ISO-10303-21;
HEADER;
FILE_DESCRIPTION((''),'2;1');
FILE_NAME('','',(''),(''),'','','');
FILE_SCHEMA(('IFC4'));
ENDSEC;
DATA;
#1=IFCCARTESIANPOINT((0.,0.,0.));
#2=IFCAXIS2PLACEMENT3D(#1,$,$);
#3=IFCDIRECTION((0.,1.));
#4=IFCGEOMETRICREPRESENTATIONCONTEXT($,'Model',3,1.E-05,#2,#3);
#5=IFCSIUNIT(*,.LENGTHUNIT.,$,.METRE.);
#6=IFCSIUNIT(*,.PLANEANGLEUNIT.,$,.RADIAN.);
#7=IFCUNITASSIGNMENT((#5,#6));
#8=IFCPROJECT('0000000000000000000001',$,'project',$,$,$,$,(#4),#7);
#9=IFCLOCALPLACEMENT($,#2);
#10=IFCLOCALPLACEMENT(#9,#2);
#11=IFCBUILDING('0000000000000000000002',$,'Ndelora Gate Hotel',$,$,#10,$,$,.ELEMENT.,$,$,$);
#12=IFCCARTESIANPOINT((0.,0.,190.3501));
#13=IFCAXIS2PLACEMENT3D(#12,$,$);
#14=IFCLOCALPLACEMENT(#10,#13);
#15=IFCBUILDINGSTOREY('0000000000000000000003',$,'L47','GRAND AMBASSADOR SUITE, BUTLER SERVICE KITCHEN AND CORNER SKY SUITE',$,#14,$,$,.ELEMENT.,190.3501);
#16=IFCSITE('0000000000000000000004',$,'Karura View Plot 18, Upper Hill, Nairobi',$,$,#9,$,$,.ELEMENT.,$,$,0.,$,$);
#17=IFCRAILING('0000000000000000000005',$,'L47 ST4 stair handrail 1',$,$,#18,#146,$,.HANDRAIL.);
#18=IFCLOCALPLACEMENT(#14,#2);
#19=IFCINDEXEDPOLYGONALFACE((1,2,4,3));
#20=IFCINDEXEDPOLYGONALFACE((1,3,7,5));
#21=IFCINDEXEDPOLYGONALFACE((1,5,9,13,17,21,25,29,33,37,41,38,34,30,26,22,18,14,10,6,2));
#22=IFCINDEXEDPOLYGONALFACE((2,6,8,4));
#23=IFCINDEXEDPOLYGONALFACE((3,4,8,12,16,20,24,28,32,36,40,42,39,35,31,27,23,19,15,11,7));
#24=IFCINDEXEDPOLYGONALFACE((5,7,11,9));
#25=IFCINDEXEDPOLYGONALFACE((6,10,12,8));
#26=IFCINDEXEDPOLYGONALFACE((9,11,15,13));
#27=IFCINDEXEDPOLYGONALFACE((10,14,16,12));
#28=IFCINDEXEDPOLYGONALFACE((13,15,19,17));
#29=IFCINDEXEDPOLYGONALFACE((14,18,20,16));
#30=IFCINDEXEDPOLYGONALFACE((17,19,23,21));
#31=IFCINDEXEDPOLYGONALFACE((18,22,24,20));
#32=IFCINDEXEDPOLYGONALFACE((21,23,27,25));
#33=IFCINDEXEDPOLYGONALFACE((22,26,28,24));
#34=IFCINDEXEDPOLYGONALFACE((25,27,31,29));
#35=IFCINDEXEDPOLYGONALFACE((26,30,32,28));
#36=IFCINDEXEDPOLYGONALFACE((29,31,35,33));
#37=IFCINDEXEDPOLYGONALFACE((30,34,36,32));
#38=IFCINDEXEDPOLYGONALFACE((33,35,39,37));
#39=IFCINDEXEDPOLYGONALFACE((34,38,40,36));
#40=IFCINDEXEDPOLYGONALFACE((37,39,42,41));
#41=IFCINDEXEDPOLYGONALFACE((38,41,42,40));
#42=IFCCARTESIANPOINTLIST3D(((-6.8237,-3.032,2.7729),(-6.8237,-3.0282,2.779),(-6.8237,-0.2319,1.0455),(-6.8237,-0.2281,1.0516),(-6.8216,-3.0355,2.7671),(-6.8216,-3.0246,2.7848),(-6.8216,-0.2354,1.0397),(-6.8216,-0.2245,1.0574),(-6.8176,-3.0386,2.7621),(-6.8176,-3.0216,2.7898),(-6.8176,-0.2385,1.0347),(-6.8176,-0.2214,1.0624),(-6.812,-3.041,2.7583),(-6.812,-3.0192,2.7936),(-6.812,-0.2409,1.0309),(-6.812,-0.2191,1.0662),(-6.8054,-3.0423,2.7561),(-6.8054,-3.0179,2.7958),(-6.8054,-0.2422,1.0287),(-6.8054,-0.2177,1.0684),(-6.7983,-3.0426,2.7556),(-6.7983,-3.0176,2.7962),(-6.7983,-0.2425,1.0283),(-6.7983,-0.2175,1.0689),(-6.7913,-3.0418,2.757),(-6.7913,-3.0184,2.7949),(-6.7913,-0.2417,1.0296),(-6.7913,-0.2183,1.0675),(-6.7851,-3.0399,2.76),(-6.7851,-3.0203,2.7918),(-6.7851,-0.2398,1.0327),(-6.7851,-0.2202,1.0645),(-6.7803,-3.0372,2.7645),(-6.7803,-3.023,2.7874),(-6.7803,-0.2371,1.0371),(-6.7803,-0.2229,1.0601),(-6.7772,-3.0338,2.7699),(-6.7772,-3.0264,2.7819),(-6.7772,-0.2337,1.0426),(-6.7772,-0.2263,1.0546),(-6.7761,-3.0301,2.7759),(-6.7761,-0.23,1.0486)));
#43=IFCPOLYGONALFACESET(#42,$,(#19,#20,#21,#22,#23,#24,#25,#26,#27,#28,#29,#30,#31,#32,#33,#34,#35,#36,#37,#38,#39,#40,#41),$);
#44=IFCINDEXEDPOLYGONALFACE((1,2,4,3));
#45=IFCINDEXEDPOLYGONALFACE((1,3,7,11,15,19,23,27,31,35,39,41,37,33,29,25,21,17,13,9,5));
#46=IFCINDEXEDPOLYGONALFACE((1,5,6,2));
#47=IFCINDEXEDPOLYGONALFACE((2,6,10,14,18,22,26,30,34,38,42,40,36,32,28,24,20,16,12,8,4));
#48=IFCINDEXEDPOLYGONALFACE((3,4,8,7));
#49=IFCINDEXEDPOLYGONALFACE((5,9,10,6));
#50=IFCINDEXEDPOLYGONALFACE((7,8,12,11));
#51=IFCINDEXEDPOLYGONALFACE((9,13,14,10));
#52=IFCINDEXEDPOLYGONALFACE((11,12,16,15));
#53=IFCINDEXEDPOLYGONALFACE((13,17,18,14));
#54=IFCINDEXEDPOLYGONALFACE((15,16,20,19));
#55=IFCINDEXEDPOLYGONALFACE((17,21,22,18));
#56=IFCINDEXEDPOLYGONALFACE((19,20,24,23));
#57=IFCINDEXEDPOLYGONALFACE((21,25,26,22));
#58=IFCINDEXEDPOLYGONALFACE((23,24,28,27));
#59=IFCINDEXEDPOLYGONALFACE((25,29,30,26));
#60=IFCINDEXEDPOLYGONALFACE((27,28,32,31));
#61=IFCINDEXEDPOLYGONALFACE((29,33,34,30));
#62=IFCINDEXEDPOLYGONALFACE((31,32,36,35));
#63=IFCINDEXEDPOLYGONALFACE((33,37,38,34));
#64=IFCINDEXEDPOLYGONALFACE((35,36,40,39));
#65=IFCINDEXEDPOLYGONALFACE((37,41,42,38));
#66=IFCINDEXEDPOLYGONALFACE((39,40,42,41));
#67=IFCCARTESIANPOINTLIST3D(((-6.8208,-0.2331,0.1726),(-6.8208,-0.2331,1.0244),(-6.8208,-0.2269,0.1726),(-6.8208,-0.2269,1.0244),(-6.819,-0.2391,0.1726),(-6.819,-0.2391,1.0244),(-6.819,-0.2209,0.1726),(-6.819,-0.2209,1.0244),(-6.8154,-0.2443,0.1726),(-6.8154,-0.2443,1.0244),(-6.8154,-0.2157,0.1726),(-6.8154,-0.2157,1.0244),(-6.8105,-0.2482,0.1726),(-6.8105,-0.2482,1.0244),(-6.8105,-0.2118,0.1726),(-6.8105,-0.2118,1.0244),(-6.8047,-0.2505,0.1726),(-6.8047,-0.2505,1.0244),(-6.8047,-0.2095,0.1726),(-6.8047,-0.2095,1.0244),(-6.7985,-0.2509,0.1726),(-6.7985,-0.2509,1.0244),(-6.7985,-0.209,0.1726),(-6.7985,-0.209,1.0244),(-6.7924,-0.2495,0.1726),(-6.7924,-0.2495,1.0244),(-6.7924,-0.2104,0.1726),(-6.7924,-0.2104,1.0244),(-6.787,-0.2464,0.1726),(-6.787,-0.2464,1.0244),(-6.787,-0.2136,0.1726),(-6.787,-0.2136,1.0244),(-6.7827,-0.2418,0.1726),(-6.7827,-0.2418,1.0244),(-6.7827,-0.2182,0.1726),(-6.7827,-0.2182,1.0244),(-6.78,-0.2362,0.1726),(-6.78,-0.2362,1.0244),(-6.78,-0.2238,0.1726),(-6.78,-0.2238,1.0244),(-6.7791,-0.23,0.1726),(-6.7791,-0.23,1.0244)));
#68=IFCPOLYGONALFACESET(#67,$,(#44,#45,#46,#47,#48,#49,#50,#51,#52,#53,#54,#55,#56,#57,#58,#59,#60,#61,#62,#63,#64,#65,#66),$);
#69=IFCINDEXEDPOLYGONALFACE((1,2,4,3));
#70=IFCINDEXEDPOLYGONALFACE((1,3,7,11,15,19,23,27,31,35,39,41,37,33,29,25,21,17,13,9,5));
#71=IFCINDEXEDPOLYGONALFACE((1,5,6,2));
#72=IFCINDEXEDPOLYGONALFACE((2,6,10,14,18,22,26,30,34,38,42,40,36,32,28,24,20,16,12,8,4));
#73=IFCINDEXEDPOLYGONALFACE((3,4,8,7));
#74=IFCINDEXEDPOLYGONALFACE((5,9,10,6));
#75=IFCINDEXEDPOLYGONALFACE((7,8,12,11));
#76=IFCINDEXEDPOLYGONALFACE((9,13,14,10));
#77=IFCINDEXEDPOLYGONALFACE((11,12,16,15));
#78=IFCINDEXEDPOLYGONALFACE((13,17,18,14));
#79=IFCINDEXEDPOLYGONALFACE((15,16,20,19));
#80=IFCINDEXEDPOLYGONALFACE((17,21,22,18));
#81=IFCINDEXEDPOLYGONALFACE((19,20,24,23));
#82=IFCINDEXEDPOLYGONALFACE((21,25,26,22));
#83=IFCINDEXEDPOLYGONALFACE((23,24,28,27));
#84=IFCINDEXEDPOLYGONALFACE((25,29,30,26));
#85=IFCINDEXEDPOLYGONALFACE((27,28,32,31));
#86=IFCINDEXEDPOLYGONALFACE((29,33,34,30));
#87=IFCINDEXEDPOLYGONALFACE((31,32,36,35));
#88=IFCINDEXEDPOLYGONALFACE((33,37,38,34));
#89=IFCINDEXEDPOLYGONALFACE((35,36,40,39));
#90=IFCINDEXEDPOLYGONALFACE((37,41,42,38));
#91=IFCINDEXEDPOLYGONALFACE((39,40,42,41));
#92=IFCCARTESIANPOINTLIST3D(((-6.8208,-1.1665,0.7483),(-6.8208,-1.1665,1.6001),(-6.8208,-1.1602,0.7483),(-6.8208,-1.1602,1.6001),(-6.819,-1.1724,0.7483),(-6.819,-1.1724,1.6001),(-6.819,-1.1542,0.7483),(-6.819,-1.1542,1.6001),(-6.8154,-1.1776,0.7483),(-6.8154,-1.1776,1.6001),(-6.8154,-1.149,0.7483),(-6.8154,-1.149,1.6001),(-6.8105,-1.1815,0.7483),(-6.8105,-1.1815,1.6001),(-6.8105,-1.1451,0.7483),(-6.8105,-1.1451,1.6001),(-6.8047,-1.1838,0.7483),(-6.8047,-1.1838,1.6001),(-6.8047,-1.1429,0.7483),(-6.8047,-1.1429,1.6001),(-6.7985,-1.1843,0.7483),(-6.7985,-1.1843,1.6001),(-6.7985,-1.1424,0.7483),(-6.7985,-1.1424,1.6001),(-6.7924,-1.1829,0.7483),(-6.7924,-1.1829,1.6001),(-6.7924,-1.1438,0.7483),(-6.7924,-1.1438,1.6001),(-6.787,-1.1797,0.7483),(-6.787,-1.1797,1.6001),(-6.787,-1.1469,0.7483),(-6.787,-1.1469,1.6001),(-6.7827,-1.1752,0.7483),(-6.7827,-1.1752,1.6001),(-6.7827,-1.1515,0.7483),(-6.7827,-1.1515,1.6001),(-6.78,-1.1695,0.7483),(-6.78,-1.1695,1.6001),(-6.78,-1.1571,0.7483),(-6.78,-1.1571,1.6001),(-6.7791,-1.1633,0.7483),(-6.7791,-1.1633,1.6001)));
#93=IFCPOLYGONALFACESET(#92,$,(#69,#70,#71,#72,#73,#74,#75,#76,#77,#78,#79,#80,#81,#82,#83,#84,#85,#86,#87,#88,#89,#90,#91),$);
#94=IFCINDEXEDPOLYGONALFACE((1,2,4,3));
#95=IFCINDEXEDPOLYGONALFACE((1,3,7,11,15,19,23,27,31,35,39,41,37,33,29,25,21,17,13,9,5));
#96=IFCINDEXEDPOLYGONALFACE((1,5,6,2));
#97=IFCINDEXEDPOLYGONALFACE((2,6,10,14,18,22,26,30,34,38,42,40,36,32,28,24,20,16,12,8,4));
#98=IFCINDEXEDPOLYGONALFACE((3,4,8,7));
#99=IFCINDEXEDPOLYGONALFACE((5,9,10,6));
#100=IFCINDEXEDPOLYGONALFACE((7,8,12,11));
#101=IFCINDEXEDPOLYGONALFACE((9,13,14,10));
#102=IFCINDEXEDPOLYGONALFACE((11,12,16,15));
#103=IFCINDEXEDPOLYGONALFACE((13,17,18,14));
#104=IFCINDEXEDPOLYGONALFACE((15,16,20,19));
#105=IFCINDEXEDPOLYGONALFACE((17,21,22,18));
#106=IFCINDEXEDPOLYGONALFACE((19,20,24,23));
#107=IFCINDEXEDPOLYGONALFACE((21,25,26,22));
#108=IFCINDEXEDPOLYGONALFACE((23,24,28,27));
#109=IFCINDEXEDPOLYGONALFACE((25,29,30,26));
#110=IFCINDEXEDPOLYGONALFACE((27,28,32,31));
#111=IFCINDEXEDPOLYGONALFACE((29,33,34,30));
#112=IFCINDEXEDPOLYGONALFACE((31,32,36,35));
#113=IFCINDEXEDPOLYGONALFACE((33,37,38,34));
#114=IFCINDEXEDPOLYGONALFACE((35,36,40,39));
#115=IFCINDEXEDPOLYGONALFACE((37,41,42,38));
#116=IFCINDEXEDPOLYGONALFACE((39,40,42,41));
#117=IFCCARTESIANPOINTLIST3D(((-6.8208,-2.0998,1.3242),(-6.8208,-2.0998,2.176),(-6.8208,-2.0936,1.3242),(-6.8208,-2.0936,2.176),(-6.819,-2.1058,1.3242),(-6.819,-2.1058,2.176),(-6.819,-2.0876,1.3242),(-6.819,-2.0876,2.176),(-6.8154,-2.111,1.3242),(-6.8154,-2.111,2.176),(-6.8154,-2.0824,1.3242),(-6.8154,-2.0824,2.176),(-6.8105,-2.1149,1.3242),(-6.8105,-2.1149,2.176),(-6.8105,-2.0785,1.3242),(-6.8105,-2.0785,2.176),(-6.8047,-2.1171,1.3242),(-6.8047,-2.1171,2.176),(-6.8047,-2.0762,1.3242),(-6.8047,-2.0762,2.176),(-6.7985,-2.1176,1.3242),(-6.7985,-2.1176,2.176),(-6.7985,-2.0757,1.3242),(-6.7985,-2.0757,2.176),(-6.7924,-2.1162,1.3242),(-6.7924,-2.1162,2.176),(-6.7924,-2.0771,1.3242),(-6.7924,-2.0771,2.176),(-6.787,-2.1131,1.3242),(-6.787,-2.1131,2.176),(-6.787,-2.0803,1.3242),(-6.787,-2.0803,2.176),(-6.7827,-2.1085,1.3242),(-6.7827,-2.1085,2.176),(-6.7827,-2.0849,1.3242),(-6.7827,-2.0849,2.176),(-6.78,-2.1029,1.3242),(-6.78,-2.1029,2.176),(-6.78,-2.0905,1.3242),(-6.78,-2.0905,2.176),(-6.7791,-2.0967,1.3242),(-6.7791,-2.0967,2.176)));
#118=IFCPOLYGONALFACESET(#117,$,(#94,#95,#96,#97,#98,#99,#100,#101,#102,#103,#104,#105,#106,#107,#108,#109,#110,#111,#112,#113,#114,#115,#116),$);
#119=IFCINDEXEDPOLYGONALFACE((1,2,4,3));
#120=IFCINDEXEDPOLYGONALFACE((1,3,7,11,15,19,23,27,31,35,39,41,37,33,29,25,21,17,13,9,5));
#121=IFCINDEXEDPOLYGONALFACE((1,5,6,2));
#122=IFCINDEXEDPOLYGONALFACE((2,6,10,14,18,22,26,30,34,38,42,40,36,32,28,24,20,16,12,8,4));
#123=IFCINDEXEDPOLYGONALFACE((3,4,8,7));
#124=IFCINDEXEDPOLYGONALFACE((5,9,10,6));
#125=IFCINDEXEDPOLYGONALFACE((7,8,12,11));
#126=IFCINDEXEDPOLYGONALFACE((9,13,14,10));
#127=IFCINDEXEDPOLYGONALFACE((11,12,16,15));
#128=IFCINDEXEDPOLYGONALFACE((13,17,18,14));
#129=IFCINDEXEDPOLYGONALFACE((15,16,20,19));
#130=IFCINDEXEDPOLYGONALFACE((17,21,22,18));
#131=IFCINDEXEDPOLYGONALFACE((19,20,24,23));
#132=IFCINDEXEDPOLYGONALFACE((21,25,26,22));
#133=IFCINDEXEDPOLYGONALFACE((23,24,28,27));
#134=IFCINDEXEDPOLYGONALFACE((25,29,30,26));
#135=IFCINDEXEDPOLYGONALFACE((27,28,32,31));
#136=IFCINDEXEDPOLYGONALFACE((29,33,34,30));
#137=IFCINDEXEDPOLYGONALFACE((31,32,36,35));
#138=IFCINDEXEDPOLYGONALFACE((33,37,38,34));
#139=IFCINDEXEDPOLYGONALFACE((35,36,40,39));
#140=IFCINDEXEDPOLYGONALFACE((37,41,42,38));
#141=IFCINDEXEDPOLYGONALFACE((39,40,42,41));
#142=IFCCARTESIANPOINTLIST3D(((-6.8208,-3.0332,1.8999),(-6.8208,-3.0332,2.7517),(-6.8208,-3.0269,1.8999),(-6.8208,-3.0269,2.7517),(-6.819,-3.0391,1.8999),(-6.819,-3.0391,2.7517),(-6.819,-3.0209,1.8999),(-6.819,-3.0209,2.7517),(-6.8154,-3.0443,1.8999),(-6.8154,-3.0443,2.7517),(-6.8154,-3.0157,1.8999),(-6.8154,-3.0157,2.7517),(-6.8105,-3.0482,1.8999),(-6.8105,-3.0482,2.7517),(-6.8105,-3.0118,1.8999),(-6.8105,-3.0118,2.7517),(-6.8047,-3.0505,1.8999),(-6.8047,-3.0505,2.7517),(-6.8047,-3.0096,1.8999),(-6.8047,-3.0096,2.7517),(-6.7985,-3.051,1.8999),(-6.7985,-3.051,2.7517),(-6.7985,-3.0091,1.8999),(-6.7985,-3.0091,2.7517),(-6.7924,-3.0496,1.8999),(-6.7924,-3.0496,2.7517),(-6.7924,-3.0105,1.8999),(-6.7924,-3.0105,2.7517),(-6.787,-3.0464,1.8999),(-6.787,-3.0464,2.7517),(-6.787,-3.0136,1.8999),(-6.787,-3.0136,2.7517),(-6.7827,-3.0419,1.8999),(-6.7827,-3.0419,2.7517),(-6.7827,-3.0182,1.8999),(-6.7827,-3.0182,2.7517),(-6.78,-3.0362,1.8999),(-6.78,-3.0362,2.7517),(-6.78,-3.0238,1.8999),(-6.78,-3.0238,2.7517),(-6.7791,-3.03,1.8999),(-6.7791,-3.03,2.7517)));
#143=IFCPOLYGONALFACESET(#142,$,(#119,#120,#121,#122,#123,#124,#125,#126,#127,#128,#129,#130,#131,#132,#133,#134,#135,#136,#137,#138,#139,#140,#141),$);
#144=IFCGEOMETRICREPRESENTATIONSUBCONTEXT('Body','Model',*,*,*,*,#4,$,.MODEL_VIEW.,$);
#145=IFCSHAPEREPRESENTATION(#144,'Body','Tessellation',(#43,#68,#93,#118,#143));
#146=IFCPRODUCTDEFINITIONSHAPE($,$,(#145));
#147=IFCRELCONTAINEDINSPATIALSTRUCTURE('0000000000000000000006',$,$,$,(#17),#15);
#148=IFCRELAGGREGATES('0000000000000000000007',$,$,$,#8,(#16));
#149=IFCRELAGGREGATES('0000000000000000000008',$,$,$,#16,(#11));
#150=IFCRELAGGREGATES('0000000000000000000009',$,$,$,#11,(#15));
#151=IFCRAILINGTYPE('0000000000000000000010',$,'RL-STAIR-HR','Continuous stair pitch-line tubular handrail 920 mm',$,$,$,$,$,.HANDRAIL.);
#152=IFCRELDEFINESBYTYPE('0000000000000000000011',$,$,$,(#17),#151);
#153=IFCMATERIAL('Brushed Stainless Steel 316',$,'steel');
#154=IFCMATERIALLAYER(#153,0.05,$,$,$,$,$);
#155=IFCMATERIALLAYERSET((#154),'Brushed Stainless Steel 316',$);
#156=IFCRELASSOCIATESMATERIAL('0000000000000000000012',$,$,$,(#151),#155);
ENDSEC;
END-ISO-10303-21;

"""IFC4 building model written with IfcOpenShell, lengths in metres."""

from ifc_helpers import new_model, si_unit, direction, frame, origin, origin_2d, place, context, subcontext, project, spatial, circle, extrude, material, layer, layer_set, type_object, element, save


model = new_model("IFC4")

# Units and contexts
model_context = context("Model", 3, precision=1e-05, world=origin(), true_north=direction((0.0, 1.0)))
body_context = subcontext(model_context, "Body", "Model", "MODEL_VIEW")
ifc_project = project(units=[si_unit("LENGTHUNIT", "METRE"), si_unit("PLANEANGLEUNIT", "RADIAN")], contexts=[model_context])

# Site, building, storey
site_placement = place(None, origin())
site = spatial("IfcSite", under=ifc_project, at=site_placement, Name="Karura View Plot 18, Upper Hill, Nairobi", CompositionType="ELEMENT", RefElevation=0.0)
building_placement = place(site_placement, origin())
building = spatial("IfcBuilding", under=site, at=building_placement, Name="Ndelora Gate Hotel", CompositionType="ELEMENT")
storey_placement = place(building_placement, frame((0.0, 0.0, 190.3501)))
storey = spatial("IfcBuildingStorey", under=building, at=storey_placement, Name="L47", Description="GRAND AMBASSADOR SUITE, BUTLER SERVICE KITCHEN AND CORNER SKY SUITE", CompositionType="ELEMENT", Elevation=190.3501)

# Railing
ifc_material_1 = material(Name="Brushed Stainless Steel 316", Category="steel")
ifc_layer_1 = layer(ifc_material_1, 0.05)
ifc_layer_set_1 = layer_set([ifc_layer_1], Name="Brushed Stainless Steel 316")
railing_type_1 = type_object("IfcRailingType", Name="RL-STAIR-HR", Description="Continuous stair pitch-line tubular handrail 920 mm", PredefinedType="HANDRAIL", material=ifc_layer_set_1)
railing_1_placement = place(storey_placement, frame((-6.8, -0.23, 0.1726)))
element("IfcRailing", 1, at=railing_1_placement, inside=storey, type_object=railing_type_1, Name="L47 ST4 stair handrail 1", PredefinedType="HANDRAIL", context=body_context, shape_type="SweptSolid", body=[
    extrude(circle(Radius=0.0239, at=origin_2d()), frame((0.0, 0.0, 0.876), z_axis=(0.0, -0.85109, 0.52502), x_axis=(1.0, 0.0, 0.0)), (0.0, 0.0, 1.0), 3.29),
    extrude(circle(Radius=0.021, at=origin_2d()), origin(), (0.0, 0.0, 1.0), 0.8518),
    extrude(circle(Radius=0.021, at=origin_2d()), frame((0.0, -0.9333, 0.5757)), (0.0, 0.0, 1.0), 0.8518),
    extrude(circle(Radius=0.021, at=origin_2d()), frame((0.0, -1.8667, 1.1516)), (0.0, 0.0, 1.0), 0.8518),
    extrude(circle(Radius=0.021, at=origin_2d()), frame((0.0, -2.8, 1.7273)), (0.0, 0.0, 1.0), 0.8518),
])

save(model, "model.ifc")
